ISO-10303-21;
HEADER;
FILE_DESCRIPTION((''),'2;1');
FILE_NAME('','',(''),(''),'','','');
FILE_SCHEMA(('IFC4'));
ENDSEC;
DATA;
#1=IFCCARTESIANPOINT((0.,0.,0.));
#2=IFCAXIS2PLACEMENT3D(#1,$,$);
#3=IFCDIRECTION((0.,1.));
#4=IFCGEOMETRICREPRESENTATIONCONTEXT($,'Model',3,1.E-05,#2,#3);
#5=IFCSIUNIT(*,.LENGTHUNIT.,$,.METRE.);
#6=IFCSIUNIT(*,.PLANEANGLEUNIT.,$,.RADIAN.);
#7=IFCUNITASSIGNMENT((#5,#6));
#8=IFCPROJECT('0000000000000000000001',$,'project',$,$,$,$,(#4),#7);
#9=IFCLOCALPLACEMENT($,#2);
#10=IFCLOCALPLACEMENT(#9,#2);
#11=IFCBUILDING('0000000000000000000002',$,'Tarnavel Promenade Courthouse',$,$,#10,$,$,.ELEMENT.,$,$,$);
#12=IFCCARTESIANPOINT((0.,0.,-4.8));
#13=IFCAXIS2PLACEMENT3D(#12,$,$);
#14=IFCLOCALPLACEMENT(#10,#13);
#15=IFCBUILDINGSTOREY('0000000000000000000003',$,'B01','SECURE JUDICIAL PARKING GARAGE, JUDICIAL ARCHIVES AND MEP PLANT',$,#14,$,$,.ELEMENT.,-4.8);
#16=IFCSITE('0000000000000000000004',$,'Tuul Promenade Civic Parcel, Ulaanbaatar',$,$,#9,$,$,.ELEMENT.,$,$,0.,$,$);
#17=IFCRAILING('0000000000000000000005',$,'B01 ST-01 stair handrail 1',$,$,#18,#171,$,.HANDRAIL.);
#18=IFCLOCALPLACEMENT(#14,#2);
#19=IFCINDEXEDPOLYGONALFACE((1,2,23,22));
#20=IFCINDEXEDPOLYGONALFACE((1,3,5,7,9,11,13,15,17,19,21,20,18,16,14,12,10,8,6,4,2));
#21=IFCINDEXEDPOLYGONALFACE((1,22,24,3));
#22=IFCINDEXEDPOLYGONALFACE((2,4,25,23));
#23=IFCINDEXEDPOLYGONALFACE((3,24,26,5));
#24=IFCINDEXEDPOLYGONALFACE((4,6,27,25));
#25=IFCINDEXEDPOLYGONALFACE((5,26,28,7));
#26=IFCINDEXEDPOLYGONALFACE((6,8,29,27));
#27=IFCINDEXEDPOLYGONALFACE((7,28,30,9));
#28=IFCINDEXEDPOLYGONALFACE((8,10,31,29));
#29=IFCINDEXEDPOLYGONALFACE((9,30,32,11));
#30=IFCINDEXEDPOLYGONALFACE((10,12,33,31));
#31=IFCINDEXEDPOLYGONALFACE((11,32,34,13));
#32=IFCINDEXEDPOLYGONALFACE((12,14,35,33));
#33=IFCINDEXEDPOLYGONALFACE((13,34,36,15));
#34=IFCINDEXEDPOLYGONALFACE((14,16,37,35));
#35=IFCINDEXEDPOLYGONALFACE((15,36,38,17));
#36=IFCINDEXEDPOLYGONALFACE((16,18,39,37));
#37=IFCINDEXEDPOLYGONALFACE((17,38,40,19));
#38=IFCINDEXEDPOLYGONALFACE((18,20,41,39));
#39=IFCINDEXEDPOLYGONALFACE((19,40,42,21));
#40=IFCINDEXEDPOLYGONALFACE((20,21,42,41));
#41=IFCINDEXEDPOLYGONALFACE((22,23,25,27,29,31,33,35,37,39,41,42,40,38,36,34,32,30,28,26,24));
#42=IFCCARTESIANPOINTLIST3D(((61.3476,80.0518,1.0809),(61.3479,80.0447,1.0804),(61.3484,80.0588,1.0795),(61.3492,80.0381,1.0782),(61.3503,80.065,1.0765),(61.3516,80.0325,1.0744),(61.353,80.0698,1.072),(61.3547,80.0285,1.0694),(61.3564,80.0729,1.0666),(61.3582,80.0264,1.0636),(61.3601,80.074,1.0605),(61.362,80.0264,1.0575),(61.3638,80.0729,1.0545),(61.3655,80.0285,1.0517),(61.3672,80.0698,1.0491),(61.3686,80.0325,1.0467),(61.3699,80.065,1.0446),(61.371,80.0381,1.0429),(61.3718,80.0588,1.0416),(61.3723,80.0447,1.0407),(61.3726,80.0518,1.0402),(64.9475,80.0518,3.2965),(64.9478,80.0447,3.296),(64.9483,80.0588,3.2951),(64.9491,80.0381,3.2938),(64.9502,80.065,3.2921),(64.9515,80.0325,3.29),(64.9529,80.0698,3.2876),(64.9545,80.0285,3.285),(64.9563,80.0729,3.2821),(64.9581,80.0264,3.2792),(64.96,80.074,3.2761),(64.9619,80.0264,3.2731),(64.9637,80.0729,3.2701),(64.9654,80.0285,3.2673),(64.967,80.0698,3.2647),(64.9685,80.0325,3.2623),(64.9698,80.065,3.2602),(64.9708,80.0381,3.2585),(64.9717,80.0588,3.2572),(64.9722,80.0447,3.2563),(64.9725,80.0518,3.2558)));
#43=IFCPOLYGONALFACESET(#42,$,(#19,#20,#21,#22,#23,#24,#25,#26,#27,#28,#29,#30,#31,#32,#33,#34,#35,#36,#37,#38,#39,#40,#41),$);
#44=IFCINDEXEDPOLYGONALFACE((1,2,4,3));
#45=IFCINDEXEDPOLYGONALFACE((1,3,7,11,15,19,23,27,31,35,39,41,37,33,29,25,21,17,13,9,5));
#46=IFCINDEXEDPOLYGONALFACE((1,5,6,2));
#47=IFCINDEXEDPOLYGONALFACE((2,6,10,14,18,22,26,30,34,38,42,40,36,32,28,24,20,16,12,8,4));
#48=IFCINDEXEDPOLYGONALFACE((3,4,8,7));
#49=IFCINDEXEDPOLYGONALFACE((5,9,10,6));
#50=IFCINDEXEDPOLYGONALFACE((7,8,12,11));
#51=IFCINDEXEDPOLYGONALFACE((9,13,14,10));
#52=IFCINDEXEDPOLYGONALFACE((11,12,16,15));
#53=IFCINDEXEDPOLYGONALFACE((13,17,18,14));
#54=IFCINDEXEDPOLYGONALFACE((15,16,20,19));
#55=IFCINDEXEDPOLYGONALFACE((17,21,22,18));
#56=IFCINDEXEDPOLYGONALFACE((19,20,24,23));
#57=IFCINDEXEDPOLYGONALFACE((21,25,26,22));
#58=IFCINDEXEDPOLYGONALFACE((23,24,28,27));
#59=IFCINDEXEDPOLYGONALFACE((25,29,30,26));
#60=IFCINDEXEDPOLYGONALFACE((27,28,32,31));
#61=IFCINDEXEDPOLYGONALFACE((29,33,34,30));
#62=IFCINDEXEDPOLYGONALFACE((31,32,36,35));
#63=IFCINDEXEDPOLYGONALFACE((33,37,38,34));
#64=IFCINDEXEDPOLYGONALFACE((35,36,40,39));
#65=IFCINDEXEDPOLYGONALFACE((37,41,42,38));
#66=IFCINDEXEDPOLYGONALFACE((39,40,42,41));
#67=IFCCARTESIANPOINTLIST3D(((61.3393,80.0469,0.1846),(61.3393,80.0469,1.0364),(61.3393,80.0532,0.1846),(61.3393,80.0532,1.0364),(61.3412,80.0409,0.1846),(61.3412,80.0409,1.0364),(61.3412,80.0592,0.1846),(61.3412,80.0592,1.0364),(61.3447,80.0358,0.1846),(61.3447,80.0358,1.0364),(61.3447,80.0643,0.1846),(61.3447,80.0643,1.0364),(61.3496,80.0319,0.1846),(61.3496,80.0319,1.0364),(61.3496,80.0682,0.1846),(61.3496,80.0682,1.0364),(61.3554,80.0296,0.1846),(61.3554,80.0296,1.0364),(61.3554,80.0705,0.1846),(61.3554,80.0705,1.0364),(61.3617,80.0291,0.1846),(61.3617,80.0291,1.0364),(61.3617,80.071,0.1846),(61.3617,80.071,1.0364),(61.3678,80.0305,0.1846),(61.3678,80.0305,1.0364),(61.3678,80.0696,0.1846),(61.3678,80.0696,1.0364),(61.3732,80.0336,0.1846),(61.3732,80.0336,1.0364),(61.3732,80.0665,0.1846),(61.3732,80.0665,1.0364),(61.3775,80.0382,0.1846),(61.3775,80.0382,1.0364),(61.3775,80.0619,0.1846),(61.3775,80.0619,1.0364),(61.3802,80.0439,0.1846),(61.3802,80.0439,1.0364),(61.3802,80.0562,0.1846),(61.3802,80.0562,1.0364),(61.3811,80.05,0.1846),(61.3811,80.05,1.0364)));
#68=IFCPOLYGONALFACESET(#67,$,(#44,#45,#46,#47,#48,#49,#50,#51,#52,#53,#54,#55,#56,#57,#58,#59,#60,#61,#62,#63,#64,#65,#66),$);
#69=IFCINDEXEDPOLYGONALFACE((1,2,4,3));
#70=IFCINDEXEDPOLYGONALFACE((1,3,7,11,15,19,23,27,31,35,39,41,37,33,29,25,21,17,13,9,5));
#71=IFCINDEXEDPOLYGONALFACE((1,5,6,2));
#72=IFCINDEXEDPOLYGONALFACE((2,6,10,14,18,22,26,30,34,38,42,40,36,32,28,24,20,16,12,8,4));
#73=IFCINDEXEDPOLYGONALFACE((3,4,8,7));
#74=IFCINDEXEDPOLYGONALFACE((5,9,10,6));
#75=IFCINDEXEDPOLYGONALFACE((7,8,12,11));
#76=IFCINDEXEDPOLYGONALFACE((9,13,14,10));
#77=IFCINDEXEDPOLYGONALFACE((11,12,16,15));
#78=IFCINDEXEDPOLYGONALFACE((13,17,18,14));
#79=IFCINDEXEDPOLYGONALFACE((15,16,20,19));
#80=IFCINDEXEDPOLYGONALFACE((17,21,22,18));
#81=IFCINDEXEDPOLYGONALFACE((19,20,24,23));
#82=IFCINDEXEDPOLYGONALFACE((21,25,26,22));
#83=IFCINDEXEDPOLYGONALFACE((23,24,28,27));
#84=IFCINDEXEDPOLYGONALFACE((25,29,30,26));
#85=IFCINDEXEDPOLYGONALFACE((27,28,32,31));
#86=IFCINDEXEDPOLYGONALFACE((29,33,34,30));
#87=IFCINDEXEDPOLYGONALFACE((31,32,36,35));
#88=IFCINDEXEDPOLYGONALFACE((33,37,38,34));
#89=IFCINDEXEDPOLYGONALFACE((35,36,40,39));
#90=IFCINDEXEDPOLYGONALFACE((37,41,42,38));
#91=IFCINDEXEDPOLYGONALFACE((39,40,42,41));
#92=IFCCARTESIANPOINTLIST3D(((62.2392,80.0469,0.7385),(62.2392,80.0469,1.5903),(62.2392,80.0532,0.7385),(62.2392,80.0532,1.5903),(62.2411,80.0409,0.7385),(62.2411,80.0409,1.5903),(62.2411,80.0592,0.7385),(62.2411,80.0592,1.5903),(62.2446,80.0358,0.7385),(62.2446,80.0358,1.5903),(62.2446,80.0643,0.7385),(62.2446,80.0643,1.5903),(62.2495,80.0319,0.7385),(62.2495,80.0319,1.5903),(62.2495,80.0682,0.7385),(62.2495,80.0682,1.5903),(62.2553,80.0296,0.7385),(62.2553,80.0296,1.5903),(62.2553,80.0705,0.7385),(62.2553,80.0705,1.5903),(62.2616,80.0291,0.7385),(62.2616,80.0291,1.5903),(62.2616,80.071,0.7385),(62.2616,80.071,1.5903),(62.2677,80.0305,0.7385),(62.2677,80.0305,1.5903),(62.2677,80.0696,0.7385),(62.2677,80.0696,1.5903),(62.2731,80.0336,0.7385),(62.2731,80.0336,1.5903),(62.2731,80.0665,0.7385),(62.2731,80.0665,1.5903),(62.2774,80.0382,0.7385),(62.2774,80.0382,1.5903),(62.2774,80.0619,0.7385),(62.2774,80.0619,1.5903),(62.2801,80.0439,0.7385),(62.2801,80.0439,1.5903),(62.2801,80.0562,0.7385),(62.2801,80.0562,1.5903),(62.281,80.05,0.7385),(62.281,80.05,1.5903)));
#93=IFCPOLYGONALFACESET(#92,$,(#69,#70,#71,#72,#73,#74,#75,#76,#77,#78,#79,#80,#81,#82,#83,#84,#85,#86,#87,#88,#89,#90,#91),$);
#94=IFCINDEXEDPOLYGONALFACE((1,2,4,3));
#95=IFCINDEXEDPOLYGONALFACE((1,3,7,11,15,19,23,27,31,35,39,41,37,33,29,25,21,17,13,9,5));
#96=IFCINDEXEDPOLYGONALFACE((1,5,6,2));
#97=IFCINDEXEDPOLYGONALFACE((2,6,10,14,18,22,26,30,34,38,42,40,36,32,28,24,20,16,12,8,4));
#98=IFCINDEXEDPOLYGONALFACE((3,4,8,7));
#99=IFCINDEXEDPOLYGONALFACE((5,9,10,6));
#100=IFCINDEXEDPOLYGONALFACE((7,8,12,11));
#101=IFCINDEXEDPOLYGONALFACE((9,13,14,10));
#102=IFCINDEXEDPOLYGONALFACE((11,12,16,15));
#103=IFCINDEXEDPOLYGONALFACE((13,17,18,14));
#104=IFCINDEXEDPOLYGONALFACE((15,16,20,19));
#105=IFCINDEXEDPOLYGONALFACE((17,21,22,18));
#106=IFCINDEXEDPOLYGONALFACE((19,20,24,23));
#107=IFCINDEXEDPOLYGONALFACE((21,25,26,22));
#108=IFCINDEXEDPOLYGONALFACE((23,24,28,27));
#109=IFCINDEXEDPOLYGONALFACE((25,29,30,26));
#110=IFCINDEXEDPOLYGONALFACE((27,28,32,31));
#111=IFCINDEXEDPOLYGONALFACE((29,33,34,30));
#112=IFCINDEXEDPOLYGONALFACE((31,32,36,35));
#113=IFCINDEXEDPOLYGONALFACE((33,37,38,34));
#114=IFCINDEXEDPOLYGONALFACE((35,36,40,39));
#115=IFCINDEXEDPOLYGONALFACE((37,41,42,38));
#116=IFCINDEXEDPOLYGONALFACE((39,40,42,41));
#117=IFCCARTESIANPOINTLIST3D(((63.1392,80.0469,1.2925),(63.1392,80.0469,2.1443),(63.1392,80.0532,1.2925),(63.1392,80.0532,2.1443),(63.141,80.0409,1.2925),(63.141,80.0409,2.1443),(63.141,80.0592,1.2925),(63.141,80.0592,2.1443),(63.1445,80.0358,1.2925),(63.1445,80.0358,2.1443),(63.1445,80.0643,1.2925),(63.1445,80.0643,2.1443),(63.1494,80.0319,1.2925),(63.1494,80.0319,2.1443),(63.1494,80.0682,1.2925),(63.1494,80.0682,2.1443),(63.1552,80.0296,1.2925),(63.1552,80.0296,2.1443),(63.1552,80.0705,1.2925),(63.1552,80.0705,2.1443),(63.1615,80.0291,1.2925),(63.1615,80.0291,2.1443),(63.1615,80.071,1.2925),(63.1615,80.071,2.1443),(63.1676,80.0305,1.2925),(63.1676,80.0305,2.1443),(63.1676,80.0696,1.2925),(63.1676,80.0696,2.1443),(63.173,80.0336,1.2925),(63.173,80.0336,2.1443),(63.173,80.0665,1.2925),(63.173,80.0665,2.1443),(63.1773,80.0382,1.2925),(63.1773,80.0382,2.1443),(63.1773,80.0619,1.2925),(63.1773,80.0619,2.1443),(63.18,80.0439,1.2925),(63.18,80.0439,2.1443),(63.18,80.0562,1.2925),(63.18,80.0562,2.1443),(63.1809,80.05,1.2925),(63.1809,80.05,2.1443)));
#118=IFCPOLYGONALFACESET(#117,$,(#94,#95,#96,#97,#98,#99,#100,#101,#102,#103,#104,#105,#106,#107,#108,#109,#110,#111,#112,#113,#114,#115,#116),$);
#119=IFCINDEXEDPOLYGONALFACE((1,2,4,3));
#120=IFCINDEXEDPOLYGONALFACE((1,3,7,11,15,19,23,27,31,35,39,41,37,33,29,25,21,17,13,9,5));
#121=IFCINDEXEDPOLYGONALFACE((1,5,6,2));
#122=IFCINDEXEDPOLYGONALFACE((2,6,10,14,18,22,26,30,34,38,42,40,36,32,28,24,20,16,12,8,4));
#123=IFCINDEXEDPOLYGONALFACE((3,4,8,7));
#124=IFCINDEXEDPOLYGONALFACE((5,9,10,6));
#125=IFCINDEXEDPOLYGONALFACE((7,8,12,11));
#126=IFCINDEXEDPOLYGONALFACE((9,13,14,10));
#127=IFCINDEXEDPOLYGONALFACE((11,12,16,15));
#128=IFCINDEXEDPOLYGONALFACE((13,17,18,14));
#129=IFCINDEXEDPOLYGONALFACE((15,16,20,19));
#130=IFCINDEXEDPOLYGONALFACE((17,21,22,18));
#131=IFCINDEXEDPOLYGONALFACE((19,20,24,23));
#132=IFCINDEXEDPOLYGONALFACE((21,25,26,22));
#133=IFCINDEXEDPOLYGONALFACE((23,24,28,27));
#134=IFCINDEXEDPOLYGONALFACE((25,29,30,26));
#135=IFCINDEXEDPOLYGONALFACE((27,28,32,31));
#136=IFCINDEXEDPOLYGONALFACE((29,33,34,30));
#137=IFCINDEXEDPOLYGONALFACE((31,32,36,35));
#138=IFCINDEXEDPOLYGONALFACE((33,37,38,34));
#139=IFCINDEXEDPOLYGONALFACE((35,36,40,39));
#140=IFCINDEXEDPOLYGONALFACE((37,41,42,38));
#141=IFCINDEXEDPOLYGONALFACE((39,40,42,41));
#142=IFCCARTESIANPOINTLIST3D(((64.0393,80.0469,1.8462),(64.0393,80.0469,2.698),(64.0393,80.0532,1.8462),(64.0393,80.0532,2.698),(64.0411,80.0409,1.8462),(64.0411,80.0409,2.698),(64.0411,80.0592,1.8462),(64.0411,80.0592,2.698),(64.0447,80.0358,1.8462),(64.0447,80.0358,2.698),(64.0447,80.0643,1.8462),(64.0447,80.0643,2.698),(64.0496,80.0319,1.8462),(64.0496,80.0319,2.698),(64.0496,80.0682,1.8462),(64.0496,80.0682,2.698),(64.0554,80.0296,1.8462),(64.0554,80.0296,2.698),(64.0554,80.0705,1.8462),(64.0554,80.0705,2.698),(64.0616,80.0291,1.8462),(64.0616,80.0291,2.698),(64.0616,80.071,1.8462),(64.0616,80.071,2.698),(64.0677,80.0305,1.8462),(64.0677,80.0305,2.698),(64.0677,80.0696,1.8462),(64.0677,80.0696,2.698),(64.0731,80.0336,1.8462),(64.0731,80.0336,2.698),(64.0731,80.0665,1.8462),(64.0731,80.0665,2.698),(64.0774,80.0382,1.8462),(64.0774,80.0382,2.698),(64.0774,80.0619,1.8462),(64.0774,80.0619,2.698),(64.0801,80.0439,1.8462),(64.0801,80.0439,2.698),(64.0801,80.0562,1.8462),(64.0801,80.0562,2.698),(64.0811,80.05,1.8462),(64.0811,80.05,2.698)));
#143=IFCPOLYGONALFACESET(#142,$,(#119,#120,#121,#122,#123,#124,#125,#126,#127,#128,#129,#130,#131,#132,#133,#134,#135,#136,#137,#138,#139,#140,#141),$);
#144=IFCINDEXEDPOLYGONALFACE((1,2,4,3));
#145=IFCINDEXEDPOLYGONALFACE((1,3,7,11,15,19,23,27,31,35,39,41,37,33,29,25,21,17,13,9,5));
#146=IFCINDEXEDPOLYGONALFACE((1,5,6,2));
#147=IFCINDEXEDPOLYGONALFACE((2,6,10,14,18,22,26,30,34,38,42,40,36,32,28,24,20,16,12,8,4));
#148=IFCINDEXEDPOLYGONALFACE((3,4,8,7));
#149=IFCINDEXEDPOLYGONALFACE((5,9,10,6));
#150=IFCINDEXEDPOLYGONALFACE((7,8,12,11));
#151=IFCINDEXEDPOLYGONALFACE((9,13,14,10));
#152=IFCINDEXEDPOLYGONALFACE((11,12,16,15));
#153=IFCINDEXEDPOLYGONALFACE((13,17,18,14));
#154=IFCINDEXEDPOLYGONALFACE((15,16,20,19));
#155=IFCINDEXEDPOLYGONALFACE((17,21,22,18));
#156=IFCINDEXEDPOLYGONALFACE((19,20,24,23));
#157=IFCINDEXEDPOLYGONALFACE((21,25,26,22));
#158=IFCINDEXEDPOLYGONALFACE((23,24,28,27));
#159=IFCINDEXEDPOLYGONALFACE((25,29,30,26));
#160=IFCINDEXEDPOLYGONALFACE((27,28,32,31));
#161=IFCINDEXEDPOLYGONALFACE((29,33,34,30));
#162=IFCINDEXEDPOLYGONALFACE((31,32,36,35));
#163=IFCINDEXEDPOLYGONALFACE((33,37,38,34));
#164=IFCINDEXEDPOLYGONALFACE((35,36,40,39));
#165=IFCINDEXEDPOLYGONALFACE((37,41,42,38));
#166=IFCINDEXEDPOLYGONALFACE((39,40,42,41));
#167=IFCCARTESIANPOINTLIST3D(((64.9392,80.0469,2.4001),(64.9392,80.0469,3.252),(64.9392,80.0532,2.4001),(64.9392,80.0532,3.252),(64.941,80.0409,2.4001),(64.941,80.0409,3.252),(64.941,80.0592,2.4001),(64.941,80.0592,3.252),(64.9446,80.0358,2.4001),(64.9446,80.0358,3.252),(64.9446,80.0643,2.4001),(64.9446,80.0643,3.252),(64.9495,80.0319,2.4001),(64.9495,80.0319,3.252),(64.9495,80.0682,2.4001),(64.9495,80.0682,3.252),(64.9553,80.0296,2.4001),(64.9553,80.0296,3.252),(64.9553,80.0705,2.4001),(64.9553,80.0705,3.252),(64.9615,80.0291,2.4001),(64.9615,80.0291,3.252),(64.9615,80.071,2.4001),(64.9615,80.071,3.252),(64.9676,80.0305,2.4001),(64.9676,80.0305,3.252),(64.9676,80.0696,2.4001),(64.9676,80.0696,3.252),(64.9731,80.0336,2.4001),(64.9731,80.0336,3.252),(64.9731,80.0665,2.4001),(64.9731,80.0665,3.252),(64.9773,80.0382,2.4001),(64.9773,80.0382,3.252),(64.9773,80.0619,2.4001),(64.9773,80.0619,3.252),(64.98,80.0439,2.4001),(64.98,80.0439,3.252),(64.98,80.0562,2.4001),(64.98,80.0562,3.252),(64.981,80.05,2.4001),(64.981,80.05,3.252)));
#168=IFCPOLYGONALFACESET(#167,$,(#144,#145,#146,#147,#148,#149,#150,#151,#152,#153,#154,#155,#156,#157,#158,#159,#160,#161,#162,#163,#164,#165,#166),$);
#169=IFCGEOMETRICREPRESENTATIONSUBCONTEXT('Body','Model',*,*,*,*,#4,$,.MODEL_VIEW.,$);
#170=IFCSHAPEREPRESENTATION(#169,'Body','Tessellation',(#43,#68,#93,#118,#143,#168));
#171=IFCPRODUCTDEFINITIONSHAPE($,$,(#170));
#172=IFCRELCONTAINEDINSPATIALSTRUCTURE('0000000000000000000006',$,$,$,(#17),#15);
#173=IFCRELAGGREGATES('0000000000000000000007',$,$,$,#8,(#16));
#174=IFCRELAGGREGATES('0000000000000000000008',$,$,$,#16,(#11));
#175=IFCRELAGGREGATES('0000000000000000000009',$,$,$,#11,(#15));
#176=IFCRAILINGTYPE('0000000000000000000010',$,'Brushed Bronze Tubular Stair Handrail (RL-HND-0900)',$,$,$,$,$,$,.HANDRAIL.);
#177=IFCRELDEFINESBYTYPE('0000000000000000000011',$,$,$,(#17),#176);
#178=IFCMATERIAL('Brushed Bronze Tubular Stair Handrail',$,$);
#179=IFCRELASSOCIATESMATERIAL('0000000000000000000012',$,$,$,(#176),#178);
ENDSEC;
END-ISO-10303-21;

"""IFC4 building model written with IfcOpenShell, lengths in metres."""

from ifc_helpers import new_model, si_unit, direction, frame, origin, origin_2d, place, context, subcontext, project, spatial, circle, extrude, material, type_object, element, save


model = new_model("IFC4")

# Units and contexts
model_context = context("Model", 3, precision=1e-05, world=origin(), true_north=direction((0.0, 1.0)))
body_context = subcontext(model_context, "Body", "Model", "MODEL_VIEW")
ifc_project = project(units=[si_unit("LENGTHUNIT", "METRE"), si_unit("PLANEANGLEUNIT", "RADIAN")], contexts=[model_context])

# Site, building, storey
site_placement = place(None, origin())
site = spatial("IfcSite", under=ifc_project, at=site_placement, Name="Tuul Promenade Civic Parcel, Ulaanbaatar", CompositionType="ELEMENT", RefElevation=0.0)
building_placement = place(site_placement, origin())
building = spatial("IfcBuilding", under=site, at=building_placement, Name="Tarnavel Promenade Courthouse", CompositionType="ELEMENT")
storey_placement = place(building_placement, frame((0.0, 0.0, -4.8)))
storey = spatial("IfcBuildingStorey", under=building, at=storey_placement, Name="B01", Description="SECURE JUDICIAL PARKING GARAGE, JUDICIAL ARCHIVES AND MEP PLANT", CompositionType="ELEMENT", Elevation=-4.8)

# Railing
ifc_material_1 = material(Name="Brushed Bronze Tubular Stair Handrail")
railing_type_1 = type_object("IfcRailingType", Name="Brushed Bronze Tubular Stair Handrail (RL-HND-0900)", PredefinedType="HANDRAIL", material=ifc_material_1)
railing_1_placement = place(storey_placement, frame((61.3601, 80.05, 0.1846)))
element("IfcRailing", 1, at=railing_1_placement, inside=storey, type_object=railing_type_1, Name="B01 ST-01 stair handrail 1", PredefinedType="HANDRAIL", context=body_context, shape_type="SweptSolid", body=[
    extrude(circle(Radius=0.0239, at=origin_2d()), frame((0.0, 0.0, 0.876), z_axis=(0.851629, 0.0, 0.524146), x_axis=(0.0, 1.0, 0.0)), (0.0, 0.0, 1.0), 4.2271),
    extrude(circle(Radius=0.021, at=origin_2d()), origin(), (0.0, 0.0, 1.0), 0.8518),
    extrude(circle(Radius=0.021, at=origin_2d()), frame((0.8999, 0.0, 0.554)), (0.0, 0.0, 1.0), 0.8518),
    extrude(circle(Radius=0.021, at=origin_2d()), frame((1.7998, 0.0, 1.1079)), (0.0, 0.0, 1.0), 0.8518),
    extrude(circle(Radius=0.021, at=origin_2d()), frame((2.7, 0.0, 1.6616)), (0.0, 0.0, 1.0), 0.8518),
    extrude(circle(Radius=0.021, at=origin_2d()), frame((3.5999, 0.0, 2.2156)), (0.0, 0.0, 1.0), 0.8518),
])

save(model, "model.ifc")
